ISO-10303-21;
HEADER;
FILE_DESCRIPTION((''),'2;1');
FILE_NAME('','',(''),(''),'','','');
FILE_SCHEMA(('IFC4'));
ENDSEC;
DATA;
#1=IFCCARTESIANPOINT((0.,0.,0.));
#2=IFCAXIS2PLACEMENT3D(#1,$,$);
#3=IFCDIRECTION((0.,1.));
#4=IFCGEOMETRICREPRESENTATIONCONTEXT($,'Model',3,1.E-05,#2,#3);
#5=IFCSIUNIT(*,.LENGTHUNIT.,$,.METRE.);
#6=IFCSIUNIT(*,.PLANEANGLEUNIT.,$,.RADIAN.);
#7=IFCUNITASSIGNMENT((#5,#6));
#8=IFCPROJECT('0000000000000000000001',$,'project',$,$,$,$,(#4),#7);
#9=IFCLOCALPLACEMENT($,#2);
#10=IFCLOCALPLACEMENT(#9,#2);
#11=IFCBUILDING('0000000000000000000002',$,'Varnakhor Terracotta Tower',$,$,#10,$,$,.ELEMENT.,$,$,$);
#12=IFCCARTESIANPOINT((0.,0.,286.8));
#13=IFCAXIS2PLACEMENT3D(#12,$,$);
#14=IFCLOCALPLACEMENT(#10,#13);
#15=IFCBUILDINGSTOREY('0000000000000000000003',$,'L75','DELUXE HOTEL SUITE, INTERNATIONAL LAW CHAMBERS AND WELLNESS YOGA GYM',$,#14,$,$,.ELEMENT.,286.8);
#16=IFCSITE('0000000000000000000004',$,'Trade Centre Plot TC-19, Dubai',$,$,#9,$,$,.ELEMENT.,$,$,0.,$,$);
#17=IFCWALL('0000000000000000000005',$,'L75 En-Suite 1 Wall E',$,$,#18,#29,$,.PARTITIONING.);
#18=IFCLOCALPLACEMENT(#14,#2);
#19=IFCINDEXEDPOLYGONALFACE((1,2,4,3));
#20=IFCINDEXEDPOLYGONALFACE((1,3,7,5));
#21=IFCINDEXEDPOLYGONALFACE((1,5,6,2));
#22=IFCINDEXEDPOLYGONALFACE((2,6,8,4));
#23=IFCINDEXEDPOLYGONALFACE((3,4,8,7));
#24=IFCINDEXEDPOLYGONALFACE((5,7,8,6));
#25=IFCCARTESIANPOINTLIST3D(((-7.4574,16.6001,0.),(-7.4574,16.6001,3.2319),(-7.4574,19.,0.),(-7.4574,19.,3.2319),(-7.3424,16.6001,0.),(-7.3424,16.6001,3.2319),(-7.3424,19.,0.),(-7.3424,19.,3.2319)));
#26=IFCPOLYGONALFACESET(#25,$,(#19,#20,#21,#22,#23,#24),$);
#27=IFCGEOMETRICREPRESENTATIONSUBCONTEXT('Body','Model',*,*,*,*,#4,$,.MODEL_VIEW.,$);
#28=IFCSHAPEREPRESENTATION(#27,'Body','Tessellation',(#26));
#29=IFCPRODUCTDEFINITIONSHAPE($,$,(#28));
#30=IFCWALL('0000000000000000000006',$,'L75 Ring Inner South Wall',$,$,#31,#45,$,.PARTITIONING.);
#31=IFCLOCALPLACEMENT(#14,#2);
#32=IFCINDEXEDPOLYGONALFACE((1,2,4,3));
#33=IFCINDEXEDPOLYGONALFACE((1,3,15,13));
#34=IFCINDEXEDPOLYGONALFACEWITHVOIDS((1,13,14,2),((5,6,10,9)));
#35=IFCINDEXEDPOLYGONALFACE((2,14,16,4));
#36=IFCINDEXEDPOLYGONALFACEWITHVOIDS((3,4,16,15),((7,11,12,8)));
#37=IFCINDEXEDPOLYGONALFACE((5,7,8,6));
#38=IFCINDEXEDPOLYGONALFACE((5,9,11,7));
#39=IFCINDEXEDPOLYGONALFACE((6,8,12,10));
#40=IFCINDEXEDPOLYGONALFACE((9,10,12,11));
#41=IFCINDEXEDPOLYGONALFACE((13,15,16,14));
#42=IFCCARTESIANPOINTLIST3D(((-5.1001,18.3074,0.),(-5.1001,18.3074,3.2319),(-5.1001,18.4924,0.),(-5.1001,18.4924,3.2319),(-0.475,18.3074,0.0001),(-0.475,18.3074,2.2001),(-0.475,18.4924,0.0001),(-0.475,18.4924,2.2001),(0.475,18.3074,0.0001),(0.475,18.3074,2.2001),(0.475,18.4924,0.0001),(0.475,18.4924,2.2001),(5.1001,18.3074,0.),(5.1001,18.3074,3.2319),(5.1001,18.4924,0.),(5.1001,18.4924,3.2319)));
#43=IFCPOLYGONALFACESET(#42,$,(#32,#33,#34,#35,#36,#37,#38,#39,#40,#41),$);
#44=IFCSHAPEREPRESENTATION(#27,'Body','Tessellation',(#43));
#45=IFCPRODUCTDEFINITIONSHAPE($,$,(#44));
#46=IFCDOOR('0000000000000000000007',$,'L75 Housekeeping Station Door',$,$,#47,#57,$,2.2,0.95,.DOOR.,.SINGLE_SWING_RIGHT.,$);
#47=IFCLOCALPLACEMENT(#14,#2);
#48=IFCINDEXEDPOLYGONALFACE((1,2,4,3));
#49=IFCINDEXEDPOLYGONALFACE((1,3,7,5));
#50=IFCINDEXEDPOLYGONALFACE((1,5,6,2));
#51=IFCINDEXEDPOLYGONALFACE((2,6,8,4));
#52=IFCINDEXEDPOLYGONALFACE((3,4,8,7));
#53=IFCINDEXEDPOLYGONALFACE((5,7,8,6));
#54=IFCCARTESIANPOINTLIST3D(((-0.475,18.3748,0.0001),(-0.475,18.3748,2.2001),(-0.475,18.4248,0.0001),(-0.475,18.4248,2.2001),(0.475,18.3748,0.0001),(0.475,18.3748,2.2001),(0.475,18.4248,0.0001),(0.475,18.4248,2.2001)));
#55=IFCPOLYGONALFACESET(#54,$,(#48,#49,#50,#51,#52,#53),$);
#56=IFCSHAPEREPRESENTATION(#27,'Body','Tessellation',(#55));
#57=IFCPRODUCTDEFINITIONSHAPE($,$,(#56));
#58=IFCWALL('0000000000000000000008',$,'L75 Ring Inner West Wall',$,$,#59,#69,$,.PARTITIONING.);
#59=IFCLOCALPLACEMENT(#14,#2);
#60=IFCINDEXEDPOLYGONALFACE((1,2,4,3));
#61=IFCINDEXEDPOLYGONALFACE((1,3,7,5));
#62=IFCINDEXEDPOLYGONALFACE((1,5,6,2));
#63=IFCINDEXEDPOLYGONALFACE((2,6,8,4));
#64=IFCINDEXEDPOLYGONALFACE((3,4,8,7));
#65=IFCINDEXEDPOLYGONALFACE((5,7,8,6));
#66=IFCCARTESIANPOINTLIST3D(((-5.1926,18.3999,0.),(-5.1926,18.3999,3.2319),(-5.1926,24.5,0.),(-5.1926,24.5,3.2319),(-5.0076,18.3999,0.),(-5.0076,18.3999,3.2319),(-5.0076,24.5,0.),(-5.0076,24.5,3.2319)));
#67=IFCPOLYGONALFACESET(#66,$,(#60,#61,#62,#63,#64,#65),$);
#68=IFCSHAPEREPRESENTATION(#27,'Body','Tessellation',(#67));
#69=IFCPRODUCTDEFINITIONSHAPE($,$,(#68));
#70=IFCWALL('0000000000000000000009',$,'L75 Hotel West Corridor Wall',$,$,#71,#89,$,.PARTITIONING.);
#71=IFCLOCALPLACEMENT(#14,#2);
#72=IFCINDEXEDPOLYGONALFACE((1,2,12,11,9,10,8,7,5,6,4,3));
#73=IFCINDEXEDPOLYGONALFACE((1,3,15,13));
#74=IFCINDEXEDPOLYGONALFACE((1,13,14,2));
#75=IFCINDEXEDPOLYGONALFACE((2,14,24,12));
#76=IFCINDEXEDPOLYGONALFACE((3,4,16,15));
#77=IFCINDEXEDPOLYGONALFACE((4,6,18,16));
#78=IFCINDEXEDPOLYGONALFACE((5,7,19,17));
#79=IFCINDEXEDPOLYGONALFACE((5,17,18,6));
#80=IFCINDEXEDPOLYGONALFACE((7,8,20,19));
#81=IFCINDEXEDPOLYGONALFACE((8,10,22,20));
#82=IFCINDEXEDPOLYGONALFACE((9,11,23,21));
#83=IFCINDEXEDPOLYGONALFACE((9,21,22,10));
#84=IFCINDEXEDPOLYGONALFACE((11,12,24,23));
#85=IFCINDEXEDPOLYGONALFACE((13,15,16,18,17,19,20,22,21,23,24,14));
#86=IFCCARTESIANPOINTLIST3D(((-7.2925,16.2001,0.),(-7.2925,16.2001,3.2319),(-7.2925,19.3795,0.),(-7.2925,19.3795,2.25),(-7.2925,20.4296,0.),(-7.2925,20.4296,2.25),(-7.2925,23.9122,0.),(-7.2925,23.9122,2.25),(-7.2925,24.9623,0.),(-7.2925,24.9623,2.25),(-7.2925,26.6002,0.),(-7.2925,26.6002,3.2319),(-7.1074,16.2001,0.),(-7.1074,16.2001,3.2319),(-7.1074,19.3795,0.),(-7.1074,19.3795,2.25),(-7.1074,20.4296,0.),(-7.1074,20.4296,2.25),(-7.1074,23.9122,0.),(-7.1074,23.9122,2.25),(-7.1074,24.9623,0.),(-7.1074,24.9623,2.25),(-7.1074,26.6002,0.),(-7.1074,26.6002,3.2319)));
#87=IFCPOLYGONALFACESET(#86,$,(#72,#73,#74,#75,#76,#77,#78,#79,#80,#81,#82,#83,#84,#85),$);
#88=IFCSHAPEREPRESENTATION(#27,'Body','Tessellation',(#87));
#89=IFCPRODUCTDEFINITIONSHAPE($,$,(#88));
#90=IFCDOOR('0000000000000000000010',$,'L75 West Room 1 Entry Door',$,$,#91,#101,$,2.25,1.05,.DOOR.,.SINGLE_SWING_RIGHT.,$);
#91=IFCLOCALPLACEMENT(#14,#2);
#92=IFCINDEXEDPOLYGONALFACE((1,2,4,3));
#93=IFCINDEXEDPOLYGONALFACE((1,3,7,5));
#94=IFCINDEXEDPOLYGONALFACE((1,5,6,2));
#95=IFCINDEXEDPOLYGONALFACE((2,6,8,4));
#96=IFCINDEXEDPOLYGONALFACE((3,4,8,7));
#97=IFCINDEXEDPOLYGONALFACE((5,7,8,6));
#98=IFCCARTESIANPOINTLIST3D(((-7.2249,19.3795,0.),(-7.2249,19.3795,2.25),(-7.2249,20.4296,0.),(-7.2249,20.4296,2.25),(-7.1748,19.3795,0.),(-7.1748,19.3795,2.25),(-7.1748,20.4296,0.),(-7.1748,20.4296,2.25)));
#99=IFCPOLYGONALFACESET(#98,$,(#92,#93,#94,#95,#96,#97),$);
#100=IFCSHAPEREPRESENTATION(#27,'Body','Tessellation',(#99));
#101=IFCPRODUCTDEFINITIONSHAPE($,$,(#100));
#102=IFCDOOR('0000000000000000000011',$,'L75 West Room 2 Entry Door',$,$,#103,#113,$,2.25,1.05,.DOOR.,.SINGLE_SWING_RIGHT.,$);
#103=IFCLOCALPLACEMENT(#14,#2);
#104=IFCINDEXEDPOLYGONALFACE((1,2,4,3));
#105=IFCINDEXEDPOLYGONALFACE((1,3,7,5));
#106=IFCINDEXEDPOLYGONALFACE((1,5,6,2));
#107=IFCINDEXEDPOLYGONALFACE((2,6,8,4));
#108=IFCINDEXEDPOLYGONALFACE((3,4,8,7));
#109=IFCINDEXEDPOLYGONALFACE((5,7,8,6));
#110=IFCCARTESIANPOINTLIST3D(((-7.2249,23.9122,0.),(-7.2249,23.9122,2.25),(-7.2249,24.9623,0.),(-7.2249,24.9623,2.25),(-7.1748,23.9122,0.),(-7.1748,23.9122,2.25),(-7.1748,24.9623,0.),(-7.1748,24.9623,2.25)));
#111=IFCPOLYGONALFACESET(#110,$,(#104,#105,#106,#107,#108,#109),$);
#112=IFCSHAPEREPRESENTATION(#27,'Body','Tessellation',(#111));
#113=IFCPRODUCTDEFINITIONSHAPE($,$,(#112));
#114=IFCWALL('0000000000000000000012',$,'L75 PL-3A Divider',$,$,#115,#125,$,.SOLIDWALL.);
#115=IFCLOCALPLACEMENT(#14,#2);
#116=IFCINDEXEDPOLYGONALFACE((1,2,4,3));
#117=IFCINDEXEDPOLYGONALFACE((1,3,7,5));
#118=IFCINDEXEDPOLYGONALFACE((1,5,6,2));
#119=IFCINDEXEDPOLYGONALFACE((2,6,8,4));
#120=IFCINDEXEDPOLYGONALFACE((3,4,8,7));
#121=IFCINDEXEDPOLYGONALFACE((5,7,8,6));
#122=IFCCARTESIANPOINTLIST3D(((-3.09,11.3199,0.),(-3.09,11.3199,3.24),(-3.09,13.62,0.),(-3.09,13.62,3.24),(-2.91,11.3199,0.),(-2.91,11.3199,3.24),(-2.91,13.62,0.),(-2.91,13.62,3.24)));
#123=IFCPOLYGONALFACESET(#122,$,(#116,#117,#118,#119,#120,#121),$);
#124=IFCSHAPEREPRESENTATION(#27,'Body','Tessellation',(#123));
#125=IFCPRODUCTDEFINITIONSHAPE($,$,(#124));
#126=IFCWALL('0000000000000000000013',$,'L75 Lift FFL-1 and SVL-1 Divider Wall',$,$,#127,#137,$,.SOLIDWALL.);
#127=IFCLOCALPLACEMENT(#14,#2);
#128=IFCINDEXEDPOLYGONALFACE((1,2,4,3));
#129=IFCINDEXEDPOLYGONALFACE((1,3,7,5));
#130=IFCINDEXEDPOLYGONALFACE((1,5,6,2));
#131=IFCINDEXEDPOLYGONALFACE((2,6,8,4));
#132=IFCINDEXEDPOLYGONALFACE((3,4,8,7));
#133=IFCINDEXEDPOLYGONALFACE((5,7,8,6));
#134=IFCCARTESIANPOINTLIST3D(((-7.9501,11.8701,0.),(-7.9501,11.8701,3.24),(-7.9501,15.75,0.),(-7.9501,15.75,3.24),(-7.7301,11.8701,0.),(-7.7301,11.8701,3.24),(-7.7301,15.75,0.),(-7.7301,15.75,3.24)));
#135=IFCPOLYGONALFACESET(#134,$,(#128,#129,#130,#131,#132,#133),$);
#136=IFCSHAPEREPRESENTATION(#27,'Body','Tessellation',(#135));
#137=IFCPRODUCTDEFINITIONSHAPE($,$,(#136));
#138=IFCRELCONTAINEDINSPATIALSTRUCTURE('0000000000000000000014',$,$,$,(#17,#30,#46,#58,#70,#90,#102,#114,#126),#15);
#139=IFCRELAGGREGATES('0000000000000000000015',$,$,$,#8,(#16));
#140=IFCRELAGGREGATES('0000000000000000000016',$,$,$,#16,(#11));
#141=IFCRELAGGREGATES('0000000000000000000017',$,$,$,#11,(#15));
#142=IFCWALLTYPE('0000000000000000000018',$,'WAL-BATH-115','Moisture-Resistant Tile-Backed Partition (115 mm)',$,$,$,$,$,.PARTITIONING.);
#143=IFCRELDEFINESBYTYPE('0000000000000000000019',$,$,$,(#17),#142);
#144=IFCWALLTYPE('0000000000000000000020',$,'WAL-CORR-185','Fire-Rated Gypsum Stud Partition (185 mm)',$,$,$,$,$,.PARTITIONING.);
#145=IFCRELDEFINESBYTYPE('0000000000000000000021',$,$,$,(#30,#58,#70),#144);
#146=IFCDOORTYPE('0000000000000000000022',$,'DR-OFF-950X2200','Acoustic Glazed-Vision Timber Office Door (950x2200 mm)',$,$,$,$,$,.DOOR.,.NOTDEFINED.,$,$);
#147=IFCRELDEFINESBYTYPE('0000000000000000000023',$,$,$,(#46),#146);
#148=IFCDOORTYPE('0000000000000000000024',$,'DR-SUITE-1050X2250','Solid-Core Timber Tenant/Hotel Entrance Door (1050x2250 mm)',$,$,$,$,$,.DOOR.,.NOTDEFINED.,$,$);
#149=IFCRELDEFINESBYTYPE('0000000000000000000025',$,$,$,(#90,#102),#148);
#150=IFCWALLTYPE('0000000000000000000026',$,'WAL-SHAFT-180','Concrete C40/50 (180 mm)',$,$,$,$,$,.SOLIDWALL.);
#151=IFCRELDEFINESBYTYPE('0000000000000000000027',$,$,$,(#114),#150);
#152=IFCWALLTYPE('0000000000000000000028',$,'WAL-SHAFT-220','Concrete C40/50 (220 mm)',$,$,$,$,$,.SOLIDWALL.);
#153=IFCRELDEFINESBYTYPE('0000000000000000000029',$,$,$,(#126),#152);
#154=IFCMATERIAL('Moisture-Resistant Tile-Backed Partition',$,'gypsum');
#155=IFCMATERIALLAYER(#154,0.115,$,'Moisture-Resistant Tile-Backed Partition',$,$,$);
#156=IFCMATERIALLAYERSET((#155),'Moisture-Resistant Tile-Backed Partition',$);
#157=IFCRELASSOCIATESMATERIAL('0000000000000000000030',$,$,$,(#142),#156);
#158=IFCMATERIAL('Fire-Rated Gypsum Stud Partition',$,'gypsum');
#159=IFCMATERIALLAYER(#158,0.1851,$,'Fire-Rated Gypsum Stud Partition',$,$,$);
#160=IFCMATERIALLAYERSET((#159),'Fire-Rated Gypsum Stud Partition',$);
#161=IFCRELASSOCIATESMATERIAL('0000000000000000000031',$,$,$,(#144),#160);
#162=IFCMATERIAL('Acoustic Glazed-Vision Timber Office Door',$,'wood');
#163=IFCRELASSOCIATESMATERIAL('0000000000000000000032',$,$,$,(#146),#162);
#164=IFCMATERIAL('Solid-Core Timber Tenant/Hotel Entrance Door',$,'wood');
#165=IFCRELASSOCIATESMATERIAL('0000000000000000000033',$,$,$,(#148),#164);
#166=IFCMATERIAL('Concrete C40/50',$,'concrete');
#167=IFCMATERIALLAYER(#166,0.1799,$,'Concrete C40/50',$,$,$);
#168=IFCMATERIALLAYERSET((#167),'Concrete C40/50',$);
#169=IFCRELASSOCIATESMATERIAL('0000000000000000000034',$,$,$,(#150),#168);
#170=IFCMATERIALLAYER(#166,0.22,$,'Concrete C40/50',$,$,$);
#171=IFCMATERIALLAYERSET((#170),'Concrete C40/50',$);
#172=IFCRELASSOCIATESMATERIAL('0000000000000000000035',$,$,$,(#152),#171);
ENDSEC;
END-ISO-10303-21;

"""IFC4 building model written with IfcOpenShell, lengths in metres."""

from ifc_helpers import new_model, si_unit, direction, frame, frame_2d, origin, place, context, subcontext, project, spatial, rectangle, extrude, source, transform, mapped, material, layer, layer_set, type_object, type_shapes, element, fill, save


model = new_model("IFC4")

# Units and contexts
model_context = context("Model", 3, precision=1e-05, world=origin(), true_north=direction((0.0, 1.0)))
body_context = subcontext(model_context, "Body", "Model", "MODEL_VIEW")
ifc_project = project(units=[si_unit("LENGTHUNIT", "METRE"), si_unit("PLANEANGLEUNIT", "RADIAN")], contexts=[model_context])

# Site, building, storey
site_placement = place(None, origin())
site = spatial("IfcSite", under=ifc_project, at=site_placement, Name="Trade Centre Plot TC-19, Dubai", CompositionType="ELEMENT", RefElevation=0.0)
building_placement = place(site_placement, origin())
building = spatial("IfcBuilding", under=site, at=building_placement, Name="Varnakhor Terracotta Tower", CompositionType="ELEMENT")
storey_placement = place(building_placement, frame((0.0, 0.0, 286.8)))
storey = spatial("IfcBuildingStorey", under=building, at=storey_placement, Name="L75", Description="DELUXE HOTEL SUITE, INTERNATIONAL LAW CHAMBERS AND WELLNESS YOGA GYM", CompositionType="ELEMENT", Elevation=286.8)

# Shared definitions
ifc_material_1 = material(Name="Moisture-Resistant Tile-Backed Partition", Category="gypsum")
ifc_layer_1 = layer(ifc_material_1, 0.115, Name="Moisture-Resistant Tile-Backed Partition")
ifc_layer_set_1 = layer_set([ifc_layer_1], Name="Moisture-Resistant Tile-Backed Partition")
wall_type_1 = type_object("IfcWallType", Name="WAL-BATH-115", Description="Moisture-Resistant Tile-Backed Partition (115 mm)", PredefinedType="PARTITIONING", material=ifc_layer_set_1)

# Wall
wall_1_placement = place(storey_placement, frame((-7.3999, 16.6001, 0.0), z_axis=(0.0, 0.0, 1.0), x_axis=(0.0, 1.0, 0.0)))
element("IfcWall", 1, at=wall_1_placement, inside=storey, type_object=wall_type_1, Name="L75 En-Suite 1 Wall E", PredefinedType="PARTITIONING", context=body_context, shape_type="SweptSolid", body=[
    extrude(rectangle(XDim=2.3999, YDim=0.115, at=frame_2d((1.2, 0.0))), origin(), (0.0, 0.0, 1.0), 3.2319),
])

# Wall, opening, door
ifc_material_2 = material(Name="Fire-Rated Gypsum Stud Partition", Category="gypsum")
ifc_layer_2 = layer(ifc_material_2, 0.1851, Name="Fire-Rated Gypsum Stud Partition")
ifc_layer_set_2 = layer_set([ifc_layer_2], Name="Fire-Rated Gypsum Stud Partition")
wall_type_2 = type_object("IfcWallType", Name="WAL-CORR-185", Description="Fire-Rated Gypsum Stud Partition (185 mm)", PredefinedType="PARTITIONING", material=ifc_layer_set_2)
wall_2_placement = place(storey_placement, frame((-5.1001, 18.3999, 0.0), z_axis=(0.0, 0.0, 1.0), x_axis=(1.0, 0.0, 0.0)))
wall_2 = element("IfcWall", 2, at=wall_2_placement, inside=storey, type_object=wall_type_2, Name="L75 Ring Inner South Wall", PredefinedType="PARTITIONING", context=body_context, shape_type="SweptSolid", body=[
    extrude(rectangle(XDim=10.2002, YDim=0.1851, at=frame_2d((5.1001, 0.0))), origin(), (0.0, 0.0, 1.0), 3.2319),
])
opening_1_placement = place(wall_2_placement, frame((4.625, 0.0, 0.0)))
opening_1 = element("IfcOpeningElement", 3, at=opening_1_placement, cuts=wall_2, PredefinedType="OPENING", context=body_context, shape_type="SweptSolid", body=[
    extrude(rectangle(XDim=0.95, YDim=2.2, at=frame_2d((0.4751, 1.1001))), frame((0.0, 0.1025, 0.0), z_axis=(0.0, -1.0, 0.0), x_axis=(1.0, 0.0, 0.0)), (0.0, 0.0, 1.0), 0.2051),
])
ifc_material_3 = material(Name="Acoustic Glazed-Vision Timber Office Door", Category="wood")
door_type_1 = type_object("IfcDoorType", Name="DR-OFF-950X2200", Description="Acoustic Glazed-Vision Timber Office Door (950x2200 mm)", OperationType="NOTDEFINED", PredefinedType="DOOR", material=ifc_material_3)
shared_shape_1 = source(origin(), body_context, "Body", "SweptSolid", [
    extrude(rectangle(XDim=0.95, YDim=2.2, at=frame_2d((0.4751, 1.1001))), frame((0.0, 0.0249, 0.0), z_axis=(0.0, -1.0, 0.0), x_axis=(1.0, 0.0, 0.0)), (0.0, 0.0, 1.0), 0.05),
])
type_shapes(door_type_1, [shared_shape_1])
door_1_placement = place(opening_1_placement, origin())
door_1 = element("IfcDoor", 4, at=door_1_placement, inside=storey, type_object=door_type_1, Name="L75 Housekeeping Station Door", OperationType="SINGLE_SWING_RIGHT", OverallHeight=2.2, OverallWidth=0.95, PredefinedType="DOOR", context=body_context, shape_type="MappedRepresentation", body=[
    mapped(shared_shape_1, transform((0.0, 0.0, 0.0), scale=1.0)),
])
fill(opening_1, door_1)

# Wall
wall_3_placement = place(storey_placement, frame((-5.1001, 18.3999, 0.0), z_axis=(0.0, 0.0, 1.0), x_axis=(0.0, 1.0, 0.0)))
element("IfcWall", 5, at=wall_3_placement, inside=storey, type_object=wall_type_2, Name="L75 Ring Inner West Wall", PredefinedType="PARTITIONING", context=body_context, shape_type="SweptSolid", body=[
    extrude(rectangle(XDim=6.1001, YDim=0.1851, at=frame_2d((3.05, 0.0))), origin(), (0.0, 0.0, 1.0), 3.2319),
])

# Wall, openings, doors
wall_4_placement = place(storey_placement, frame((-7.2, 16.2, 0.0), z_axis=(0.0, 0.0, 1.0), x_axis=(0.0, 1.0, 0.0)))
wall_4 = element("IfcWall", 6, at=wall_4_placement, inside=storey, type_object=wall_type_2, Name="L75 Hotel West Corridor Wall", PredefinedType="PARTITIONING", context=body_context, shape_type="SweptSolid", body=[
    extrude(rectangle(XDim=10.4001, YDim=0.1851, at=frame_2d((5.2002, 0.0))), origin(), (0.0, 0.0, 1.0), 3.2319),
])
opening_2_placement = place(wall_4_placement, frame((3.1797, 0.0, 0.0)))
opening_2 = element("IfcOpeningElement", 7, at=opening_2_placement, cuts=wall_4, PredefinedType="OPENING", context=body_context, shape_type="SweptSolid", body=[
    extrude(rectangle(XDim=1.05, YDim=2.25, at=frame_2d((0.5249, 1.125))), frame((0.0, 0.1025, 0.0), z_axis=(0.0, -1.0, 0.0), x_axis=(1.0, 0.0, 0.0)), (0.0, 0.0, 1.0), 0.2051),
])
opening_3_placement = place(wall_4_placement, frame((7.7124, 0.0, 0.0)))
opening_3 = element("IfcOpeningElement", 8, at=opening_3_placement, cuts=wall_4, PredefinedType="OPENING", context=body_context, shape_type="SweptSolid", body=[
    extrude(rectangle(XDim=1.05, YDim=2.25, at=frame_2d((0.5249, 1.125))), frame((0.0, 0.1025, 0.0), z_axis=(0.0, -1.0, 0.0), x_axis=(1.0, 0.0, 0.0)), (0.0, 0.0, 1.0), 0.2051),
])
ifc_material_4 = material(Name="Solid-Core Timber Tenant/Hotel Entrance Door", Category="wood")
door_type_2 = type_object("IfcDoorType", Name="DR-SUITE-1050X2250", Description="Solid-Core Timber Tenant/Hotel Entrance Door (1050x2250 mm)", OperationType="NOTDEFINED", PredefinedType="DOOR", material=ifc_material_4)
shared_shape_2 = source(origin(), body_context, "Body", "SweptSolid", [
    extrude(rectangle(XDim=1.05, YDim=2.25, at=frame_2d((0.5249, 1.125))), frame((0.0, 0.0249, 0.0), z_axis=(0.0, -1.0, 0.0), x_axis=(1.0, 0.0, 0.0)), (0.0, 0.0, 1.0), 0.05),
])
type_shapes(door_type_2, [shared_shape_2])
door_2_placement = place(opening_2_placement, origin())
door_2 = element("IfcDoor", 9, at=door_2_placement, inside=storey, type_object=door_type_2, Name="L75 West Room 1 Entry Door", OperationType="SINGLE_SWING_RIGHT", OverallHeight=2.25, OverallWidth=1.05, PredefinedType="DOOR", context=body_context, shape_type="MappedRepresentation", body=[
    mapped(shared_shape_2, transform((0.0, 0.0, 0.0), scale=1.0)),
])
fill(opening_2, door_2)
door_3_placement = place(opening_3_placement, origin())
door_3 = element("IfcDoor", 10, at=door_3_placement, inside=storey, type_object=door_type_2, Name="L75 West Room 2 Entry Door", OperationType="SINGLE_SWING_RIGHT", OverallHeight=2.25, OverallWidth=1.05, PredefinedType="DOOR", context=body_context, shape_type="MappedRepresentation", body=[
    mapped(shared_shape_2, transform((0.0, 0.0, 0.0), scale=1.0)),
])
fill(opening_3, door_3)

# Walls
ifc_material_5 = material(Name="Concrete C40/50", Category="concrete")
ifc_layer_3 = layer(ifc_material_5, 0.1799, Name="Concrete C40/50")
ifc_layer_set_3 = layer_set([ifc_layer_3], Name="Concrete C40/50")
wall_type_3 = type_object("IfcWallType", Name="WAL-SHAFT-180", Description="Concrete C40/50 (180 mm)", PredefinedType="SOLIDWALL", material=ifc_layer_set_3)
wall_5_placement = place(storey_placement, frame((-3.0, 11.3201, 0.0), z_axis=(0.0, 0.0, 1.0), x_axis=(0.0, 1.0, 0.0)))
element("IfcWall", 11, at=wall_5_placement, inside=storey, type_object=wall_type_3, Name="L75 PL-3A Divider", PredefinedType="SOLIDWALL", context=body_context, shape_type="SweptSolid", body=[
    extrude(rectangle(XDim=2.3, YDim=0.1799, at=frame_2d((1.1499, 0.0))), origin(), (0.0, 0.0, 1.0), 3.24),
])
ifc_layer_4 = layer(ifc_material_5, 0.22, Name="Concrete C40/50")
ifc_layer_set_4 = layer_set([ifc_layer_4], Name="Concrete C40/50")
wall_type_4 = type_object("IfcWallType", Name="WAL-SHAFT-220", Description="Concrete C40/50 (220 mm)", PredefinedType="SOLIDWALL", material=ifc_layer_set_4)
wall_6_placement = place(storey_placement, frame((-7.8401, 11.8701, 0.0), z_axis=(0.0, 0.0, 1.0), x_axis=(0.0, 1.0, 0.0)))
element("IfcWall", 12, at=wall_6_placement, inside=storey, type_object=wall_type_4, Name="L75 Lift FFL-1 and SVL-1 Divider Wall", PredefinedType="SOLIDWALL", context=body_context, shape_type="SweptSolid", body=[
    extrude(rectangle(XDim=3.8799, YDim=0.22, at=frame_2d((1.9399, 0.0))), origin(), (0.0, 0.0, 1.0), 3.24),
])

save(model, "model.ifc")
